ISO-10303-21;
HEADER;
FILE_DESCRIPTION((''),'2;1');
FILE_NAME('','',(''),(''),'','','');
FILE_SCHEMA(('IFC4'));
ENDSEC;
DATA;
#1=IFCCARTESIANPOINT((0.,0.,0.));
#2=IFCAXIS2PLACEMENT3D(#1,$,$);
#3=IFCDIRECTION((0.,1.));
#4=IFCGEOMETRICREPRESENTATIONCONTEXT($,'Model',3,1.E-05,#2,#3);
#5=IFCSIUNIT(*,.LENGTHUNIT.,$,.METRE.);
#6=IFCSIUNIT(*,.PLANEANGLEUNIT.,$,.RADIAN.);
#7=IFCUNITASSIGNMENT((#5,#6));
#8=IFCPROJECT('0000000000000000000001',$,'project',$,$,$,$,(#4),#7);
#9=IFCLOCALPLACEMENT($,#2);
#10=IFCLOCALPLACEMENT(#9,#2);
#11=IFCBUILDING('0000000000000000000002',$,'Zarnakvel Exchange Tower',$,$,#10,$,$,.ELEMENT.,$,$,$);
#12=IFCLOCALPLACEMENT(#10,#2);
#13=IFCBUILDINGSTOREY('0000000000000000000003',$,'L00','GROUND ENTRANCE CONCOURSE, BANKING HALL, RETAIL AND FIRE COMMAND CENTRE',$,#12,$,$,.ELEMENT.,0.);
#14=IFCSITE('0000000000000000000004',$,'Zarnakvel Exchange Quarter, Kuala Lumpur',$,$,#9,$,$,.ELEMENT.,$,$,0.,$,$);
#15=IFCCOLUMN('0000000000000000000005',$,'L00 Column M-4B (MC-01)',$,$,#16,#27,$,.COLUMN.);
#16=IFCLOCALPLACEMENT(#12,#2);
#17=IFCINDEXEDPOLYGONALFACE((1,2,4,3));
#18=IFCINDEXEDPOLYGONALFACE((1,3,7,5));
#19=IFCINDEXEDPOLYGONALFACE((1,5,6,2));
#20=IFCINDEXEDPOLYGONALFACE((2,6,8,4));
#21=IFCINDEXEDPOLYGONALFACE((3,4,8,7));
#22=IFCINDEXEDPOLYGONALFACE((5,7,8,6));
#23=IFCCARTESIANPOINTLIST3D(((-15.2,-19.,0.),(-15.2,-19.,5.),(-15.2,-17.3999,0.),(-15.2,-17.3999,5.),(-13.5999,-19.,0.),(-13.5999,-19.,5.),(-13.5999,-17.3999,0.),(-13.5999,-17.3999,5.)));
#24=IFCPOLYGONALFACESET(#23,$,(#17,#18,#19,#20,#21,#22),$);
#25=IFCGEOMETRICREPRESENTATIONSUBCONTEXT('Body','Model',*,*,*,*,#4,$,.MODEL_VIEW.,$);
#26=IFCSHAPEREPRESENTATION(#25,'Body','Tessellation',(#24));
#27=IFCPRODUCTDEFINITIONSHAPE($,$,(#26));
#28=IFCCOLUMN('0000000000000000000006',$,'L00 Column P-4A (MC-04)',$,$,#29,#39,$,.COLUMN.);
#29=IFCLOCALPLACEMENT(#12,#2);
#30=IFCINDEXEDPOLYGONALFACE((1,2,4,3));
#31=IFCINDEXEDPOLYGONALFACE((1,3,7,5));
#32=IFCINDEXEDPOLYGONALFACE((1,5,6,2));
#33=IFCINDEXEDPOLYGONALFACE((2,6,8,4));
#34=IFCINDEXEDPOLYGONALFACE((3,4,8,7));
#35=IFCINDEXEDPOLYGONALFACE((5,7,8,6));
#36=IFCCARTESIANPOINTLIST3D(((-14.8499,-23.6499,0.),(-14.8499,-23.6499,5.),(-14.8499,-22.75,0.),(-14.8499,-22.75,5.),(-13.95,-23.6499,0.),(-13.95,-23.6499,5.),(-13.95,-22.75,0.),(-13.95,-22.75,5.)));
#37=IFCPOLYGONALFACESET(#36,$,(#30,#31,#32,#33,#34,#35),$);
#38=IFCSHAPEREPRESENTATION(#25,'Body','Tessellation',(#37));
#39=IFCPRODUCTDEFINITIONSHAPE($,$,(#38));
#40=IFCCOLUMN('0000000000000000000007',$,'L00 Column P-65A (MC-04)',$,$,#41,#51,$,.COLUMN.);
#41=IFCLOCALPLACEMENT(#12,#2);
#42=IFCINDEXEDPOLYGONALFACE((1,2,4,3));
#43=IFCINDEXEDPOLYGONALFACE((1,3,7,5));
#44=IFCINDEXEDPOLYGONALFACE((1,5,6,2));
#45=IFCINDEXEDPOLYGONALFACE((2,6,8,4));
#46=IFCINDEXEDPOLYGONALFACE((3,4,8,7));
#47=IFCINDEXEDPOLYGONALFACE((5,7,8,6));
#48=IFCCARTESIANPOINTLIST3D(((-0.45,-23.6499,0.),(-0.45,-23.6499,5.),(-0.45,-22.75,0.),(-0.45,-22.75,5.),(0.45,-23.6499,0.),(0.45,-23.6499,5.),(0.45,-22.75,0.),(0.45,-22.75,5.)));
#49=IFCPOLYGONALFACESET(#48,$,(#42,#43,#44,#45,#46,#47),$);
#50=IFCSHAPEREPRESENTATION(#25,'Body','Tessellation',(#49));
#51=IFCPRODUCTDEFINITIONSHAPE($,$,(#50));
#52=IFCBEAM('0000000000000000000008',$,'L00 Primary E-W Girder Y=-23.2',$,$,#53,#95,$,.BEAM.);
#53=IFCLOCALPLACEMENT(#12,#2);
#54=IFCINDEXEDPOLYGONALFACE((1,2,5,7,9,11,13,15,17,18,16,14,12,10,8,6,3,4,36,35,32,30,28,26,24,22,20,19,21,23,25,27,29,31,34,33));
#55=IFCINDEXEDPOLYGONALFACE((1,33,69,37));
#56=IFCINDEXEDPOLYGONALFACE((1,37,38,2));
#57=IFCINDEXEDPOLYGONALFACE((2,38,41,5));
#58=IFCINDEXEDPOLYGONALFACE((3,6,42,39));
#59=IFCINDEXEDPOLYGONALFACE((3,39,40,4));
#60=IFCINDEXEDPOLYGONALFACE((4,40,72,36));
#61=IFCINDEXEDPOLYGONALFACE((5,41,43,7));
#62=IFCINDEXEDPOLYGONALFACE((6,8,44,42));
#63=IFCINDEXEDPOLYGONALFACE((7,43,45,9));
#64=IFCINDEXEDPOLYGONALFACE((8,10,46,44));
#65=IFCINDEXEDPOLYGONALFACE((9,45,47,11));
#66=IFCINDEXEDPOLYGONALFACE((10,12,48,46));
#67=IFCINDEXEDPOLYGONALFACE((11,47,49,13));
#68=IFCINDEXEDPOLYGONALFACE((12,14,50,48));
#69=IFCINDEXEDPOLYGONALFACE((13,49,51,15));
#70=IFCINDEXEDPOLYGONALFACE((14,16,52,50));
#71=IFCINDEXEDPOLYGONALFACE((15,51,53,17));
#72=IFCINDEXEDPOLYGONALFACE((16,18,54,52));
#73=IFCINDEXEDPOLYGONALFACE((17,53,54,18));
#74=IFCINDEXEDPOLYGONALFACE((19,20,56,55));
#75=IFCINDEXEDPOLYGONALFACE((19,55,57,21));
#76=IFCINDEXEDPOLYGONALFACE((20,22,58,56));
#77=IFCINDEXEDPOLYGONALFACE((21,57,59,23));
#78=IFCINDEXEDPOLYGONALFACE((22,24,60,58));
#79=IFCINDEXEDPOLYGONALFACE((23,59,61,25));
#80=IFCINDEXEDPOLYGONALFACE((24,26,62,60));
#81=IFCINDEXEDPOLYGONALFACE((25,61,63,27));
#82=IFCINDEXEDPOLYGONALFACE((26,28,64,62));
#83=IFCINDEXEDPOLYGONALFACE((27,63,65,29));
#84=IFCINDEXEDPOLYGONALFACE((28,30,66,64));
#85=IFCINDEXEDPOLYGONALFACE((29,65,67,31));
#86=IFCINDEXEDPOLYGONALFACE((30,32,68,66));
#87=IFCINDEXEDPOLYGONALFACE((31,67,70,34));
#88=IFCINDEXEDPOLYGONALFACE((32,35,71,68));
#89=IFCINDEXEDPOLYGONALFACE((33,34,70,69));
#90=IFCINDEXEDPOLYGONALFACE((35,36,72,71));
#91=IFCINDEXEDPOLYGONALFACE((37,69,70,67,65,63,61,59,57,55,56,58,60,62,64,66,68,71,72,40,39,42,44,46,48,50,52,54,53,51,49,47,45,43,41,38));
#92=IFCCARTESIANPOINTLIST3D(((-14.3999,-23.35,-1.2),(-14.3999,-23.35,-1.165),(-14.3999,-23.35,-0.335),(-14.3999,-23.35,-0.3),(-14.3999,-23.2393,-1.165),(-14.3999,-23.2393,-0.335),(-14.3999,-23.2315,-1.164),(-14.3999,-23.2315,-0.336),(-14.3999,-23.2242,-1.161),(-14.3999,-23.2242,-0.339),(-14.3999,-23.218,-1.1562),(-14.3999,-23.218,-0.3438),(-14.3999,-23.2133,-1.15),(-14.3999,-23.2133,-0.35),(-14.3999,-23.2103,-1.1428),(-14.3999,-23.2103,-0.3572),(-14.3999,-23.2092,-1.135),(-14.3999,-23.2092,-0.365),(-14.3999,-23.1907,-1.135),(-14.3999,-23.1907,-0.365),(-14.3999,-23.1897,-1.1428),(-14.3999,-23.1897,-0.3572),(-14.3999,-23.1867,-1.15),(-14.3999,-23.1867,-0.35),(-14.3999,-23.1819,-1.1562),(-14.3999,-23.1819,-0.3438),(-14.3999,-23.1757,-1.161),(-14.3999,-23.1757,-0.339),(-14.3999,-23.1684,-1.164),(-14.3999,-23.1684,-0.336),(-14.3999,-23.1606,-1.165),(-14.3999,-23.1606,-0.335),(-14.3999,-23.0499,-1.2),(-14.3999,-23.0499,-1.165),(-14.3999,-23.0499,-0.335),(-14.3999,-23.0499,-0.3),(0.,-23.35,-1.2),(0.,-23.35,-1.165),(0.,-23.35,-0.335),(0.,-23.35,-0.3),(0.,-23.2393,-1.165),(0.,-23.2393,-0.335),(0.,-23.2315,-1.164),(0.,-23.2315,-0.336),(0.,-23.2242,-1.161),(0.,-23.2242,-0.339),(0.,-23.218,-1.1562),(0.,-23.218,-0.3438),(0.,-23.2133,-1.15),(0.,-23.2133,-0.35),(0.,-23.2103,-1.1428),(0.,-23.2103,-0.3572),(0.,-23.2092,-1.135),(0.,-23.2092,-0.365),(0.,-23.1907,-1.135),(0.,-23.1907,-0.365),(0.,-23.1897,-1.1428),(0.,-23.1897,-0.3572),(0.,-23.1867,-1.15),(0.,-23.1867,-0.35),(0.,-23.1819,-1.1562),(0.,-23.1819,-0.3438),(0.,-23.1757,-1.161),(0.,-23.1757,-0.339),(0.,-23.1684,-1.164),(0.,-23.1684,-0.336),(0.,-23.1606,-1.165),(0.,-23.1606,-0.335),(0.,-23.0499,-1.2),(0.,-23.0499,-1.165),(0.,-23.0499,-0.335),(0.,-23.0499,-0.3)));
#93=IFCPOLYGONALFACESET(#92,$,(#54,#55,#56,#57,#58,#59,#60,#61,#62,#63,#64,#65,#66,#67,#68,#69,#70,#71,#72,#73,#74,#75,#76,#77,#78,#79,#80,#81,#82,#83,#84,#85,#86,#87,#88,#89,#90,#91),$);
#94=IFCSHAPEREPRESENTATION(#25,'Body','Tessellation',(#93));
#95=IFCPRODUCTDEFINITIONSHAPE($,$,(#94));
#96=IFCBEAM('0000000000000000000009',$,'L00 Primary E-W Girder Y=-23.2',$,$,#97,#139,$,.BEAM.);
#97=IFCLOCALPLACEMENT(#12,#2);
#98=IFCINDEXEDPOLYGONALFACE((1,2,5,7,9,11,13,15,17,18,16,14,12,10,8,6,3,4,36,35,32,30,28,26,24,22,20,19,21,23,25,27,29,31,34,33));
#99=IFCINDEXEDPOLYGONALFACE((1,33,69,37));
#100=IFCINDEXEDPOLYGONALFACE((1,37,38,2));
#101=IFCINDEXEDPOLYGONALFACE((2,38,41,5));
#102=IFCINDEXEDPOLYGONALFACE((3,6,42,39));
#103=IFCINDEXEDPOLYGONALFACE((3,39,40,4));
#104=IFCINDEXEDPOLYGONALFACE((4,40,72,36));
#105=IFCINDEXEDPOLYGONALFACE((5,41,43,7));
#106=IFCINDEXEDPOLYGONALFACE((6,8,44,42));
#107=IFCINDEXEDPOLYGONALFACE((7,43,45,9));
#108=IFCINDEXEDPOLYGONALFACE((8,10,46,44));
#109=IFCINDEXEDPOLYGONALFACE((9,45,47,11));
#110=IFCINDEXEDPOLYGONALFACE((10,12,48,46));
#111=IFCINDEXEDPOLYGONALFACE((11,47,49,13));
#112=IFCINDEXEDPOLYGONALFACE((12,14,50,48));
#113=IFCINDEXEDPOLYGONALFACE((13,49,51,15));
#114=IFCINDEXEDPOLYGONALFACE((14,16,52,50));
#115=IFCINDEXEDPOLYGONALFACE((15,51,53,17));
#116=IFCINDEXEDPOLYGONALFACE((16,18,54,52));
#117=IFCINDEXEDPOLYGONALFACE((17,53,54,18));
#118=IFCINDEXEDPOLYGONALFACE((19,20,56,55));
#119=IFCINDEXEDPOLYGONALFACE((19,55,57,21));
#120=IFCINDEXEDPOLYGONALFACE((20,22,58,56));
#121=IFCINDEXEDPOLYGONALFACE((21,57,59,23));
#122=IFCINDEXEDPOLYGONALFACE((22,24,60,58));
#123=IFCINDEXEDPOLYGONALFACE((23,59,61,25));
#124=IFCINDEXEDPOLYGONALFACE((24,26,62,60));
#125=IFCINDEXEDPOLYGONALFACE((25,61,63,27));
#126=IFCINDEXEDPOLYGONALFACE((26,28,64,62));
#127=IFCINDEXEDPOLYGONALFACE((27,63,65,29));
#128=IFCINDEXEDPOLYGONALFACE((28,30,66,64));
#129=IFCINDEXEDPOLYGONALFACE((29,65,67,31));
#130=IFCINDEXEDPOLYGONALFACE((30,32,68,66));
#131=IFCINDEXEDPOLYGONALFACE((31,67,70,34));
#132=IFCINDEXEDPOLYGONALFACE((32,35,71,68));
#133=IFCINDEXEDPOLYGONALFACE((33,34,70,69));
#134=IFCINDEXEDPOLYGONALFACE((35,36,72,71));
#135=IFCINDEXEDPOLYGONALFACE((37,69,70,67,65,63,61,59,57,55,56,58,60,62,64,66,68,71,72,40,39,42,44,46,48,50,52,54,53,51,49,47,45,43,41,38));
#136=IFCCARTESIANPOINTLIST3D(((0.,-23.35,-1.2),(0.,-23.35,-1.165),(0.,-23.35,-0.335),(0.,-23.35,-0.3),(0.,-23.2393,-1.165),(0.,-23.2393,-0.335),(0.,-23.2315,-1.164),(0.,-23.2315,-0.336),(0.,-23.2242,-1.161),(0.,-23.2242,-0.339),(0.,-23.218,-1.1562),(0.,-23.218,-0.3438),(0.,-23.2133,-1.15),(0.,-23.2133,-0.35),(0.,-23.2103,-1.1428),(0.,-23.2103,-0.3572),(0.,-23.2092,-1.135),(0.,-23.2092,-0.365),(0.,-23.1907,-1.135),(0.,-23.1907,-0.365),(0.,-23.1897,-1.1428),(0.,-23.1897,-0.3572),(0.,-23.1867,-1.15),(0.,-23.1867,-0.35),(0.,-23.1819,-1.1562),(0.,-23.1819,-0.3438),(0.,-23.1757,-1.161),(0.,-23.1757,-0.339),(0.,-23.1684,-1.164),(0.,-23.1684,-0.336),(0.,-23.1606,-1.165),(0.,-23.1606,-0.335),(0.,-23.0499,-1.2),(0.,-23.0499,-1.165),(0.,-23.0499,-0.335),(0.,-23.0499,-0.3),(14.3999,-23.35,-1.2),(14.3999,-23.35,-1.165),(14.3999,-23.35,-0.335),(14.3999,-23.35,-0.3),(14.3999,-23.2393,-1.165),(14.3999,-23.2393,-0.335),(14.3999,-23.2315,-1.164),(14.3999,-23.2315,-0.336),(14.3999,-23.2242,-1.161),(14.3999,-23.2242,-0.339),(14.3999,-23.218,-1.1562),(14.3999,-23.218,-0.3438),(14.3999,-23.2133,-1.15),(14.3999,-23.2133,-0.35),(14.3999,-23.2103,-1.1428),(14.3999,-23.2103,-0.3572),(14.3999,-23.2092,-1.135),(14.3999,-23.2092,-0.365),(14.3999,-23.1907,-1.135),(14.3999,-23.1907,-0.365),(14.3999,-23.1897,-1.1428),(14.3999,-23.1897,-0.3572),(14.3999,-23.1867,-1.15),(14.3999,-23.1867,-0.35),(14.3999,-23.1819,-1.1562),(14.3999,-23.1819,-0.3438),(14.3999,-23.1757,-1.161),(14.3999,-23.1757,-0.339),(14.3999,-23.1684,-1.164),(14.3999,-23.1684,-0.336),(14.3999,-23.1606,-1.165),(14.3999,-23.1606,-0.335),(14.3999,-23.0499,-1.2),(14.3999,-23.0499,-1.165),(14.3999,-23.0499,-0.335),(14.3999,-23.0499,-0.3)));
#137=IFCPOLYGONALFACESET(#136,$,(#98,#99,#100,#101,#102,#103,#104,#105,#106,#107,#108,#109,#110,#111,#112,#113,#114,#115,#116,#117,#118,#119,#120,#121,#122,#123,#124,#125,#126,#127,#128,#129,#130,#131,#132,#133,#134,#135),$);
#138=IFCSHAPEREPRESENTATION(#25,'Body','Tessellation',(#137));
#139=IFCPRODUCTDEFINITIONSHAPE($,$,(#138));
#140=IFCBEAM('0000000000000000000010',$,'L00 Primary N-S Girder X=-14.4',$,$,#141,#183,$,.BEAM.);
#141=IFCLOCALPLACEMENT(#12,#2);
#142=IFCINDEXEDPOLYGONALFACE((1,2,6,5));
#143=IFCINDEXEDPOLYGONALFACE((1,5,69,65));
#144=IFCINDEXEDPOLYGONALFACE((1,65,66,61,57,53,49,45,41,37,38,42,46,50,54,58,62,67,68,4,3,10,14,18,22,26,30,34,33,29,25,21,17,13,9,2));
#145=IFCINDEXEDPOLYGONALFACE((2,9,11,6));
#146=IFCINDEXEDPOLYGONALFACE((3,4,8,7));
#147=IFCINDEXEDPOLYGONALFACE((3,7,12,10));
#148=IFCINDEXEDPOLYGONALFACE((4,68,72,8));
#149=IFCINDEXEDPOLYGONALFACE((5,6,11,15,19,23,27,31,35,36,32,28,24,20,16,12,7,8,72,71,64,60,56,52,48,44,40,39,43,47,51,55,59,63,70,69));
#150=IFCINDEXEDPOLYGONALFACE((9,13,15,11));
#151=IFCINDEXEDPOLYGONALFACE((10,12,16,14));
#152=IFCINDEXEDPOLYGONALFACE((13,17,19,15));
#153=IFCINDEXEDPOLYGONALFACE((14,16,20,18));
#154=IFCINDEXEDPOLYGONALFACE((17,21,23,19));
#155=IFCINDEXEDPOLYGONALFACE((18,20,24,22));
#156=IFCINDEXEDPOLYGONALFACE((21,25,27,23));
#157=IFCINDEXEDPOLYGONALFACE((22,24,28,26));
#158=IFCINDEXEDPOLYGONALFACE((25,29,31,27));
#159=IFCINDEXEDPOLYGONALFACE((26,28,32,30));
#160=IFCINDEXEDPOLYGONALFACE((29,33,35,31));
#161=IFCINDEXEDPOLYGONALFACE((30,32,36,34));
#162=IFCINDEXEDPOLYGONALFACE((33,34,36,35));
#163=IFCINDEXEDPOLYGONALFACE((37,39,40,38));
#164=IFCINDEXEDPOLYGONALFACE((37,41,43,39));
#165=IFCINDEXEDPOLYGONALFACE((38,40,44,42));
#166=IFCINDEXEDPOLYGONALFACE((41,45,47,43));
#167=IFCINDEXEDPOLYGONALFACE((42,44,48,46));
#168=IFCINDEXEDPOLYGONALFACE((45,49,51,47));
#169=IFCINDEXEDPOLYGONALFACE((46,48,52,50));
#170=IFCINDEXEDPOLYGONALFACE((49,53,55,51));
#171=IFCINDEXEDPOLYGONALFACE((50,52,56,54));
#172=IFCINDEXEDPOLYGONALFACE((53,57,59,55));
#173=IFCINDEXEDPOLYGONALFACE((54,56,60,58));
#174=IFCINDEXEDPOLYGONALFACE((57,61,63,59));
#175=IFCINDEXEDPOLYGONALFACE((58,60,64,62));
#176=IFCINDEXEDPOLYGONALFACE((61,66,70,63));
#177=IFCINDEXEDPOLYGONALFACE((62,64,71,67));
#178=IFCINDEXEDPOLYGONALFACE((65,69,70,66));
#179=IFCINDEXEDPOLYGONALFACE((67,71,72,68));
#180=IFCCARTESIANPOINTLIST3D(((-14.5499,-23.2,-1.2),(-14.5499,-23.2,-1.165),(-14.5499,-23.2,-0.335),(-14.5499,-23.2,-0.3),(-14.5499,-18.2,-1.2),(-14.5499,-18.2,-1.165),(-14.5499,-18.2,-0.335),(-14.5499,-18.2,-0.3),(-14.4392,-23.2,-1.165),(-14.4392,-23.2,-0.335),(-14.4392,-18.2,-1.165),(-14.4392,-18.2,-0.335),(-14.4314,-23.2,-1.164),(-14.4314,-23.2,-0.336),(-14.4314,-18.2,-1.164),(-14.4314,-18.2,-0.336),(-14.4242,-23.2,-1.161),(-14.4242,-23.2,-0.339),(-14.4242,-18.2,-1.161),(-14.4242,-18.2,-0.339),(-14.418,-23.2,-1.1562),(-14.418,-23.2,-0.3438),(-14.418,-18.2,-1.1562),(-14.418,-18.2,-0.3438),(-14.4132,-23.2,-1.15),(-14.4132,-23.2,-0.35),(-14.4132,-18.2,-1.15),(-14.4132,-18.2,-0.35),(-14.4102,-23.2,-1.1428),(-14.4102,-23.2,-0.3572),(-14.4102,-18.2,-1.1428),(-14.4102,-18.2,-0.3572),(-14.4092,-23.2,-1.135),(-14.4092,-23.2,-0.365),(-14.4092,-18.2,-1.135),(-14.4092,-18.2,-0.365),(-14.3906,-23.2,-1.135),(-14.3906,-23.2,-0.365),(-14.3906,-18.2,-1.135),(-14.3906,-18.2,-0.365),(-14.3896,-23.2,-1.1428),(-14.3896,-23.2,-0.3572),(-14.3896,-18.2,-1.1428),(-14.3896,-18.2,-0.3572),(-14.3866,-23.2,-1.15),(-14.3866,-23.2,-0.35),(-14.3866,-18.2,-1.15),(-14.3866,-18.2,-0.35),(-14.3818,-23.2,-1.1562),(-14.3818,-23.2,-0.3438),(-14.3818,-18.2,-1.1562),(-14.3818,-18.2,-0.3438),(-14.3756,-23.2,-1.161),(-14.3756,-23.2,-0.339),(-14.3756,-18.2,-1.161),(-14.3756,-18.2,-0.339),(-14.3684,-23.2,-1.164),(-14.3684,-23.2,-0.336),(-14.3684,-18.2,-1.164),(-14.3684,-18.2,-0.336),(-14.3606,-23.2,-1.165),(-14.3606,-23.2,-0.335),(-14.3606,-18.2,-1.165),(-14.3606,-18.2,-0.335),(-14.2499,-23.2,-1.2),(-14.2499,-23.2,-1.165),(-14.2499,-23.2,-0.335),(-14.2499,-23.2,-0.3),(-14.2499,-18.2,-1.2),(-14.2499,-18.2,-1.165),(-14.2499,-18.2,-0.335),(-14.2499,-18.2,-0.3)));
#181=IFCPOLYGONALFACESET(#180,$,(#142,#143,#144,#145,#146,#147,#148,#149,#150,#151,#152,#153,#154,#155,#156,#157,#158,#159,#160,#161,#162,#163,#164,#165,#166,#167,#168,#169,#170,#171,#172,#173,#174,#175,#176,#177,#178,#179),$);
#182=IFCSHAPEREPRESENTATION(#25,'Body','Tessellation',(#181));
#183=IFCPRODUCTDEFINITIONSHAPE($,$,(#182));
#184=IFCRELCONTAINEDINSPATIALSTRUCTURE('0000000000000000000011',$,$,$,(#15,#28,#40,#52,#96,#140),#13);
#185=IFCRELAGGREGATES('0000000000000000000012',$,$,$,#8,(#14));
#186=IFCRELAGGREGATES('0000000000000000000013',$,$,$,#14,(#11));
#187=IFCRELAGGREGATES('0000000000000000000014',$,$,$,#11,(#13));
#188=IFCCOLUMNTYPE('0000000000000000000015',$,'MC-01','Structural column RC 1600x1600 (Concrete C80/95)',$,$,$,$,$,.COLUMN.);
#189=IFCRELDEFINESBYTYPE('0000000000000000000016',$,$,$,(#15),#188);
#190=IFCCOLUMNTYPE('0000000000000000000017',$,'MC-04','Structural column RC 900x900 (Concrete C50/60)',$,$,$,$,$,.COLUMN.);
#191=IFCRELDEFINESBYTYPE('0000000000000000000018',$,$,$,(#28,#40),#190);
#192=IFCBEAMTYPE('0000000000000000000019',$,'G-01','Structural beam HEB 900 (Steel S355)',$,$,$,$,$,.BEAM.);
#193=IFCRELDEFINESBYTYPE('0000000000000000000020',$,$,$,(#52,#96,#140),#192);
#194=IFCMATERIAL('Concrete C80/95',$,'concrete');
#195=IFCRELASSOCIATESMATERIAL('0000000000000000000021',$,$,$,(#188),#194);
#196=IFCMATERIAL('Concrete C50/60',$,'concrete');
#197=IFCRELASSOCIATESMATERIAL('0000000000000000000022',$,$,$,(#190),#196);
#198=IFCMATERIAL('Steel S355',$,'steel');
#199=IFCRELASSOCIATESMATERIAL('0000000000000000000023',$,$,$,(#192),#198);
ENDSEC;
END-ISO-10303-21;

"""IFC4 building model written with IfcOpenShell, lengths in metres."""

from ifc_helpers import new_model, si_unit, direction, frame, origin, origin_2d, place, context, subcontext, project, spatial, rectangle, i_section, extrude, material, material_profile, profile_set, type_object, element, save


model = new_model("IFC4")

# Units and contexts
model_context = context("Model", 3, precision=1e-05, world=origin(), true_north=direction((0.0, 1.0)))
body_context = subcontext(model_context, "Body", "Model", "MODEL_VIEW")
ifc_project = project(units=[si_unit("LENGTHUNIT", "METRE"), si_unit("PLANEANGLEUNIT", "RADIAN")], contexts=[model_context])

# Site, building, storey
site_placement = place(None, origin())
site = spatial("IfcSite", under=ifc_project, at=site_placement, Name="Zarnakvel Exchange Quarter, Kuala Lumpur", CompositionType="ELEMENT", RefElevation=0.0)
building_placement = place(site_placement, origin())
building = spatial("IfcBuilding", under=site, at=building_placement, Name="Zarnakvel Exchange Tower", CompositionType="ELEMENT")
storey_placement = place(building_placement, origin())
storey = spatial("IfcBuildingStorey", under=building, at=storey_placement, Name="L00", Description="GROUND ENTRANCE CONCOURSE, BANKING HALL, RETAIL AND FIRE COMMAND CENTRE", CompositionType="ELEMENT", Elevation=0.0)

# Columns
ifc_material_1 = material(Name="Concrete C80/95", Category="concrete")
ifc_material_profile_1 = material_profile(ifc_material_1, rectangle(XDim=1.6001, YDim=1.6001, at=origin_2d()))
ifc_profile_set_1 = profile_set([ifc_material_profile_1], Name="Concrete C80/95")
column_type_1 = type_object("IfcColumnType", Name="MC-01", Description="Structural column RC 1600x1600 (Concrete C80/95)", PredefinedType="COLUMN", material=ifc_profile_set_1)
column_placement = place(storey_placement, frame((-14.3999, -18.2, 0.0), z_axis=(0.0, 0.0, 1.0), x_axis=(1.0, 0.0, 0.0)))
element("IfcColumn", 1, at=column_placement, inside=storey, type_object=column_type_1, Name="L00 Column M-4B (MC-01)", PredefinedType="COLUMN", context=body_context, shape_type="SweptSolid", body=[
    extrude(rectangle(XDim=1.6001, YDim=1.6001, at=origin_2d()), origin(), (0.0, 0.0, 1.0), 5.0),
])
ifc_material_2 = material(Name="Concrete C50/60", Category="concrete")
ifc_material_profile_2 = material_profile(ifc_material_2, rectangle(XDim=0.8999, YDim=0.8999, at=origin_2d()))
ifc_profile_set_2 = profile_set([ifc_material_profile_2], Name="Concrete C50/60")
column_type_2 = type_object("IfcColumnType", Name="MC-04", Description="Structural column RC 900x900 (Concrete C50/60)", PredefinedType="COLUMN", material=ifc_profile_set_2)
for number, where, z_axis, x_axis, name in (
    (2, (-14.3999, -23.2, 0.0), (0.0, 0.0, 1.0), (1.0, 0.0, 0.0), "L00 Column P-4A (MC-04)"),
    (3, (0.0, -23.2, 0.0), (0.0, 0.0, 1.0), (1.0, 0.0, 0.0), "L00 Column P-65A (MC-04)"),
):
    element("IfcColumn", number, at=place(storey_placement, frame(where, z_axis=z_axis, x_axis=x_axis)), inside=storey, type_object=column_type_2, Name=name, PredefinedType="COLUMN", context=body_context, shape_type="SweptSolid", body=[
        extrude(rectangle(XDim=0.8999, YDim=0.8999, at=origin_2d()), origin(), (0.0, 0.0, 1.0), 5.0),
    ])

# Beams
ifc_material_3 = material(Name="Steel S355", Category="steel")
ifc_material_profile_3 = material_profile(ifc_material_3, i_section(OverallWidth=0.3, OverallDepth=0.8999, WebThickness=0.0186, FlangeThickness=0.0349, FilletRadius=0.03, at=origin_2d()))
ifc_profile_set_3 = profile_set([ifc_material_profile_3], Name="Steel S355")
beam_type = type_object("IfcBeamType", Name="G-01", Description="Structural beam HEB 900 (Steel S355)", PredefinedType="BEAM", material=ifc_profile_set_3)
for number, where, z_axis, x_axis, name in (
    (4, (-14.3999, -23.2, -0.75), (1.0, 0.0, 0.0), (0.0, 1.0, 0.0), "L00 Primary E-W Girder Y=-23.2"),
    (5, (0.0, -23.2, -0.75), (1.0, 0.0, 0.0), (0.0, 1.0, 0.0), "L00 Primary E-W Girder Y=-23.2"),
):
    element("IfcBeam", number, at=place(storey_placement, frame(where, z_axis=z_axis, x_axis=x_axis)), inside=storey, type_object=beam_type, Name=name, PredefinedType="BEAM", context=body_context, shape_type="SweptSolid", body=[
        extrude(i_section(OverallWidth=0.3, OverallDepth=0.8999, WebThickness=0.0186, FlangeThickness=0.0349, FilletRadius=0.03, at=origin_2d()), origin(), (0.0, 0.0, 1.0), 14.3999),
    ])
for number, where, z_axis, x_axis, name in (
    (6, (-14.3999, -23.2, -0.75), (0.0, 1.0, 0.0), (-1.0, 0.0, 0.0), "L00 Primary N-S Girder X=-14.4"),
):
    element("IfcBeam", number, at=place(storey_placement, frame(where, z_axis=z_axis, x_axis=x_axis)), inside=storey, type_object=beam_type, Name=name, PredefinedType="BEAM", context=body_context, shape_type="SweptSolid", body=[
        extrude(i_section(OverallWidth=0.3, OverallDepth=0.8999, WebThickness=0.0186, FlangeThickness=0.0349, FilletRadius=0.03, at=origin_2d()), origin(), (0.0, 0.0, 1.0), 5.0),
    ])

save(model, "model.ifc")
